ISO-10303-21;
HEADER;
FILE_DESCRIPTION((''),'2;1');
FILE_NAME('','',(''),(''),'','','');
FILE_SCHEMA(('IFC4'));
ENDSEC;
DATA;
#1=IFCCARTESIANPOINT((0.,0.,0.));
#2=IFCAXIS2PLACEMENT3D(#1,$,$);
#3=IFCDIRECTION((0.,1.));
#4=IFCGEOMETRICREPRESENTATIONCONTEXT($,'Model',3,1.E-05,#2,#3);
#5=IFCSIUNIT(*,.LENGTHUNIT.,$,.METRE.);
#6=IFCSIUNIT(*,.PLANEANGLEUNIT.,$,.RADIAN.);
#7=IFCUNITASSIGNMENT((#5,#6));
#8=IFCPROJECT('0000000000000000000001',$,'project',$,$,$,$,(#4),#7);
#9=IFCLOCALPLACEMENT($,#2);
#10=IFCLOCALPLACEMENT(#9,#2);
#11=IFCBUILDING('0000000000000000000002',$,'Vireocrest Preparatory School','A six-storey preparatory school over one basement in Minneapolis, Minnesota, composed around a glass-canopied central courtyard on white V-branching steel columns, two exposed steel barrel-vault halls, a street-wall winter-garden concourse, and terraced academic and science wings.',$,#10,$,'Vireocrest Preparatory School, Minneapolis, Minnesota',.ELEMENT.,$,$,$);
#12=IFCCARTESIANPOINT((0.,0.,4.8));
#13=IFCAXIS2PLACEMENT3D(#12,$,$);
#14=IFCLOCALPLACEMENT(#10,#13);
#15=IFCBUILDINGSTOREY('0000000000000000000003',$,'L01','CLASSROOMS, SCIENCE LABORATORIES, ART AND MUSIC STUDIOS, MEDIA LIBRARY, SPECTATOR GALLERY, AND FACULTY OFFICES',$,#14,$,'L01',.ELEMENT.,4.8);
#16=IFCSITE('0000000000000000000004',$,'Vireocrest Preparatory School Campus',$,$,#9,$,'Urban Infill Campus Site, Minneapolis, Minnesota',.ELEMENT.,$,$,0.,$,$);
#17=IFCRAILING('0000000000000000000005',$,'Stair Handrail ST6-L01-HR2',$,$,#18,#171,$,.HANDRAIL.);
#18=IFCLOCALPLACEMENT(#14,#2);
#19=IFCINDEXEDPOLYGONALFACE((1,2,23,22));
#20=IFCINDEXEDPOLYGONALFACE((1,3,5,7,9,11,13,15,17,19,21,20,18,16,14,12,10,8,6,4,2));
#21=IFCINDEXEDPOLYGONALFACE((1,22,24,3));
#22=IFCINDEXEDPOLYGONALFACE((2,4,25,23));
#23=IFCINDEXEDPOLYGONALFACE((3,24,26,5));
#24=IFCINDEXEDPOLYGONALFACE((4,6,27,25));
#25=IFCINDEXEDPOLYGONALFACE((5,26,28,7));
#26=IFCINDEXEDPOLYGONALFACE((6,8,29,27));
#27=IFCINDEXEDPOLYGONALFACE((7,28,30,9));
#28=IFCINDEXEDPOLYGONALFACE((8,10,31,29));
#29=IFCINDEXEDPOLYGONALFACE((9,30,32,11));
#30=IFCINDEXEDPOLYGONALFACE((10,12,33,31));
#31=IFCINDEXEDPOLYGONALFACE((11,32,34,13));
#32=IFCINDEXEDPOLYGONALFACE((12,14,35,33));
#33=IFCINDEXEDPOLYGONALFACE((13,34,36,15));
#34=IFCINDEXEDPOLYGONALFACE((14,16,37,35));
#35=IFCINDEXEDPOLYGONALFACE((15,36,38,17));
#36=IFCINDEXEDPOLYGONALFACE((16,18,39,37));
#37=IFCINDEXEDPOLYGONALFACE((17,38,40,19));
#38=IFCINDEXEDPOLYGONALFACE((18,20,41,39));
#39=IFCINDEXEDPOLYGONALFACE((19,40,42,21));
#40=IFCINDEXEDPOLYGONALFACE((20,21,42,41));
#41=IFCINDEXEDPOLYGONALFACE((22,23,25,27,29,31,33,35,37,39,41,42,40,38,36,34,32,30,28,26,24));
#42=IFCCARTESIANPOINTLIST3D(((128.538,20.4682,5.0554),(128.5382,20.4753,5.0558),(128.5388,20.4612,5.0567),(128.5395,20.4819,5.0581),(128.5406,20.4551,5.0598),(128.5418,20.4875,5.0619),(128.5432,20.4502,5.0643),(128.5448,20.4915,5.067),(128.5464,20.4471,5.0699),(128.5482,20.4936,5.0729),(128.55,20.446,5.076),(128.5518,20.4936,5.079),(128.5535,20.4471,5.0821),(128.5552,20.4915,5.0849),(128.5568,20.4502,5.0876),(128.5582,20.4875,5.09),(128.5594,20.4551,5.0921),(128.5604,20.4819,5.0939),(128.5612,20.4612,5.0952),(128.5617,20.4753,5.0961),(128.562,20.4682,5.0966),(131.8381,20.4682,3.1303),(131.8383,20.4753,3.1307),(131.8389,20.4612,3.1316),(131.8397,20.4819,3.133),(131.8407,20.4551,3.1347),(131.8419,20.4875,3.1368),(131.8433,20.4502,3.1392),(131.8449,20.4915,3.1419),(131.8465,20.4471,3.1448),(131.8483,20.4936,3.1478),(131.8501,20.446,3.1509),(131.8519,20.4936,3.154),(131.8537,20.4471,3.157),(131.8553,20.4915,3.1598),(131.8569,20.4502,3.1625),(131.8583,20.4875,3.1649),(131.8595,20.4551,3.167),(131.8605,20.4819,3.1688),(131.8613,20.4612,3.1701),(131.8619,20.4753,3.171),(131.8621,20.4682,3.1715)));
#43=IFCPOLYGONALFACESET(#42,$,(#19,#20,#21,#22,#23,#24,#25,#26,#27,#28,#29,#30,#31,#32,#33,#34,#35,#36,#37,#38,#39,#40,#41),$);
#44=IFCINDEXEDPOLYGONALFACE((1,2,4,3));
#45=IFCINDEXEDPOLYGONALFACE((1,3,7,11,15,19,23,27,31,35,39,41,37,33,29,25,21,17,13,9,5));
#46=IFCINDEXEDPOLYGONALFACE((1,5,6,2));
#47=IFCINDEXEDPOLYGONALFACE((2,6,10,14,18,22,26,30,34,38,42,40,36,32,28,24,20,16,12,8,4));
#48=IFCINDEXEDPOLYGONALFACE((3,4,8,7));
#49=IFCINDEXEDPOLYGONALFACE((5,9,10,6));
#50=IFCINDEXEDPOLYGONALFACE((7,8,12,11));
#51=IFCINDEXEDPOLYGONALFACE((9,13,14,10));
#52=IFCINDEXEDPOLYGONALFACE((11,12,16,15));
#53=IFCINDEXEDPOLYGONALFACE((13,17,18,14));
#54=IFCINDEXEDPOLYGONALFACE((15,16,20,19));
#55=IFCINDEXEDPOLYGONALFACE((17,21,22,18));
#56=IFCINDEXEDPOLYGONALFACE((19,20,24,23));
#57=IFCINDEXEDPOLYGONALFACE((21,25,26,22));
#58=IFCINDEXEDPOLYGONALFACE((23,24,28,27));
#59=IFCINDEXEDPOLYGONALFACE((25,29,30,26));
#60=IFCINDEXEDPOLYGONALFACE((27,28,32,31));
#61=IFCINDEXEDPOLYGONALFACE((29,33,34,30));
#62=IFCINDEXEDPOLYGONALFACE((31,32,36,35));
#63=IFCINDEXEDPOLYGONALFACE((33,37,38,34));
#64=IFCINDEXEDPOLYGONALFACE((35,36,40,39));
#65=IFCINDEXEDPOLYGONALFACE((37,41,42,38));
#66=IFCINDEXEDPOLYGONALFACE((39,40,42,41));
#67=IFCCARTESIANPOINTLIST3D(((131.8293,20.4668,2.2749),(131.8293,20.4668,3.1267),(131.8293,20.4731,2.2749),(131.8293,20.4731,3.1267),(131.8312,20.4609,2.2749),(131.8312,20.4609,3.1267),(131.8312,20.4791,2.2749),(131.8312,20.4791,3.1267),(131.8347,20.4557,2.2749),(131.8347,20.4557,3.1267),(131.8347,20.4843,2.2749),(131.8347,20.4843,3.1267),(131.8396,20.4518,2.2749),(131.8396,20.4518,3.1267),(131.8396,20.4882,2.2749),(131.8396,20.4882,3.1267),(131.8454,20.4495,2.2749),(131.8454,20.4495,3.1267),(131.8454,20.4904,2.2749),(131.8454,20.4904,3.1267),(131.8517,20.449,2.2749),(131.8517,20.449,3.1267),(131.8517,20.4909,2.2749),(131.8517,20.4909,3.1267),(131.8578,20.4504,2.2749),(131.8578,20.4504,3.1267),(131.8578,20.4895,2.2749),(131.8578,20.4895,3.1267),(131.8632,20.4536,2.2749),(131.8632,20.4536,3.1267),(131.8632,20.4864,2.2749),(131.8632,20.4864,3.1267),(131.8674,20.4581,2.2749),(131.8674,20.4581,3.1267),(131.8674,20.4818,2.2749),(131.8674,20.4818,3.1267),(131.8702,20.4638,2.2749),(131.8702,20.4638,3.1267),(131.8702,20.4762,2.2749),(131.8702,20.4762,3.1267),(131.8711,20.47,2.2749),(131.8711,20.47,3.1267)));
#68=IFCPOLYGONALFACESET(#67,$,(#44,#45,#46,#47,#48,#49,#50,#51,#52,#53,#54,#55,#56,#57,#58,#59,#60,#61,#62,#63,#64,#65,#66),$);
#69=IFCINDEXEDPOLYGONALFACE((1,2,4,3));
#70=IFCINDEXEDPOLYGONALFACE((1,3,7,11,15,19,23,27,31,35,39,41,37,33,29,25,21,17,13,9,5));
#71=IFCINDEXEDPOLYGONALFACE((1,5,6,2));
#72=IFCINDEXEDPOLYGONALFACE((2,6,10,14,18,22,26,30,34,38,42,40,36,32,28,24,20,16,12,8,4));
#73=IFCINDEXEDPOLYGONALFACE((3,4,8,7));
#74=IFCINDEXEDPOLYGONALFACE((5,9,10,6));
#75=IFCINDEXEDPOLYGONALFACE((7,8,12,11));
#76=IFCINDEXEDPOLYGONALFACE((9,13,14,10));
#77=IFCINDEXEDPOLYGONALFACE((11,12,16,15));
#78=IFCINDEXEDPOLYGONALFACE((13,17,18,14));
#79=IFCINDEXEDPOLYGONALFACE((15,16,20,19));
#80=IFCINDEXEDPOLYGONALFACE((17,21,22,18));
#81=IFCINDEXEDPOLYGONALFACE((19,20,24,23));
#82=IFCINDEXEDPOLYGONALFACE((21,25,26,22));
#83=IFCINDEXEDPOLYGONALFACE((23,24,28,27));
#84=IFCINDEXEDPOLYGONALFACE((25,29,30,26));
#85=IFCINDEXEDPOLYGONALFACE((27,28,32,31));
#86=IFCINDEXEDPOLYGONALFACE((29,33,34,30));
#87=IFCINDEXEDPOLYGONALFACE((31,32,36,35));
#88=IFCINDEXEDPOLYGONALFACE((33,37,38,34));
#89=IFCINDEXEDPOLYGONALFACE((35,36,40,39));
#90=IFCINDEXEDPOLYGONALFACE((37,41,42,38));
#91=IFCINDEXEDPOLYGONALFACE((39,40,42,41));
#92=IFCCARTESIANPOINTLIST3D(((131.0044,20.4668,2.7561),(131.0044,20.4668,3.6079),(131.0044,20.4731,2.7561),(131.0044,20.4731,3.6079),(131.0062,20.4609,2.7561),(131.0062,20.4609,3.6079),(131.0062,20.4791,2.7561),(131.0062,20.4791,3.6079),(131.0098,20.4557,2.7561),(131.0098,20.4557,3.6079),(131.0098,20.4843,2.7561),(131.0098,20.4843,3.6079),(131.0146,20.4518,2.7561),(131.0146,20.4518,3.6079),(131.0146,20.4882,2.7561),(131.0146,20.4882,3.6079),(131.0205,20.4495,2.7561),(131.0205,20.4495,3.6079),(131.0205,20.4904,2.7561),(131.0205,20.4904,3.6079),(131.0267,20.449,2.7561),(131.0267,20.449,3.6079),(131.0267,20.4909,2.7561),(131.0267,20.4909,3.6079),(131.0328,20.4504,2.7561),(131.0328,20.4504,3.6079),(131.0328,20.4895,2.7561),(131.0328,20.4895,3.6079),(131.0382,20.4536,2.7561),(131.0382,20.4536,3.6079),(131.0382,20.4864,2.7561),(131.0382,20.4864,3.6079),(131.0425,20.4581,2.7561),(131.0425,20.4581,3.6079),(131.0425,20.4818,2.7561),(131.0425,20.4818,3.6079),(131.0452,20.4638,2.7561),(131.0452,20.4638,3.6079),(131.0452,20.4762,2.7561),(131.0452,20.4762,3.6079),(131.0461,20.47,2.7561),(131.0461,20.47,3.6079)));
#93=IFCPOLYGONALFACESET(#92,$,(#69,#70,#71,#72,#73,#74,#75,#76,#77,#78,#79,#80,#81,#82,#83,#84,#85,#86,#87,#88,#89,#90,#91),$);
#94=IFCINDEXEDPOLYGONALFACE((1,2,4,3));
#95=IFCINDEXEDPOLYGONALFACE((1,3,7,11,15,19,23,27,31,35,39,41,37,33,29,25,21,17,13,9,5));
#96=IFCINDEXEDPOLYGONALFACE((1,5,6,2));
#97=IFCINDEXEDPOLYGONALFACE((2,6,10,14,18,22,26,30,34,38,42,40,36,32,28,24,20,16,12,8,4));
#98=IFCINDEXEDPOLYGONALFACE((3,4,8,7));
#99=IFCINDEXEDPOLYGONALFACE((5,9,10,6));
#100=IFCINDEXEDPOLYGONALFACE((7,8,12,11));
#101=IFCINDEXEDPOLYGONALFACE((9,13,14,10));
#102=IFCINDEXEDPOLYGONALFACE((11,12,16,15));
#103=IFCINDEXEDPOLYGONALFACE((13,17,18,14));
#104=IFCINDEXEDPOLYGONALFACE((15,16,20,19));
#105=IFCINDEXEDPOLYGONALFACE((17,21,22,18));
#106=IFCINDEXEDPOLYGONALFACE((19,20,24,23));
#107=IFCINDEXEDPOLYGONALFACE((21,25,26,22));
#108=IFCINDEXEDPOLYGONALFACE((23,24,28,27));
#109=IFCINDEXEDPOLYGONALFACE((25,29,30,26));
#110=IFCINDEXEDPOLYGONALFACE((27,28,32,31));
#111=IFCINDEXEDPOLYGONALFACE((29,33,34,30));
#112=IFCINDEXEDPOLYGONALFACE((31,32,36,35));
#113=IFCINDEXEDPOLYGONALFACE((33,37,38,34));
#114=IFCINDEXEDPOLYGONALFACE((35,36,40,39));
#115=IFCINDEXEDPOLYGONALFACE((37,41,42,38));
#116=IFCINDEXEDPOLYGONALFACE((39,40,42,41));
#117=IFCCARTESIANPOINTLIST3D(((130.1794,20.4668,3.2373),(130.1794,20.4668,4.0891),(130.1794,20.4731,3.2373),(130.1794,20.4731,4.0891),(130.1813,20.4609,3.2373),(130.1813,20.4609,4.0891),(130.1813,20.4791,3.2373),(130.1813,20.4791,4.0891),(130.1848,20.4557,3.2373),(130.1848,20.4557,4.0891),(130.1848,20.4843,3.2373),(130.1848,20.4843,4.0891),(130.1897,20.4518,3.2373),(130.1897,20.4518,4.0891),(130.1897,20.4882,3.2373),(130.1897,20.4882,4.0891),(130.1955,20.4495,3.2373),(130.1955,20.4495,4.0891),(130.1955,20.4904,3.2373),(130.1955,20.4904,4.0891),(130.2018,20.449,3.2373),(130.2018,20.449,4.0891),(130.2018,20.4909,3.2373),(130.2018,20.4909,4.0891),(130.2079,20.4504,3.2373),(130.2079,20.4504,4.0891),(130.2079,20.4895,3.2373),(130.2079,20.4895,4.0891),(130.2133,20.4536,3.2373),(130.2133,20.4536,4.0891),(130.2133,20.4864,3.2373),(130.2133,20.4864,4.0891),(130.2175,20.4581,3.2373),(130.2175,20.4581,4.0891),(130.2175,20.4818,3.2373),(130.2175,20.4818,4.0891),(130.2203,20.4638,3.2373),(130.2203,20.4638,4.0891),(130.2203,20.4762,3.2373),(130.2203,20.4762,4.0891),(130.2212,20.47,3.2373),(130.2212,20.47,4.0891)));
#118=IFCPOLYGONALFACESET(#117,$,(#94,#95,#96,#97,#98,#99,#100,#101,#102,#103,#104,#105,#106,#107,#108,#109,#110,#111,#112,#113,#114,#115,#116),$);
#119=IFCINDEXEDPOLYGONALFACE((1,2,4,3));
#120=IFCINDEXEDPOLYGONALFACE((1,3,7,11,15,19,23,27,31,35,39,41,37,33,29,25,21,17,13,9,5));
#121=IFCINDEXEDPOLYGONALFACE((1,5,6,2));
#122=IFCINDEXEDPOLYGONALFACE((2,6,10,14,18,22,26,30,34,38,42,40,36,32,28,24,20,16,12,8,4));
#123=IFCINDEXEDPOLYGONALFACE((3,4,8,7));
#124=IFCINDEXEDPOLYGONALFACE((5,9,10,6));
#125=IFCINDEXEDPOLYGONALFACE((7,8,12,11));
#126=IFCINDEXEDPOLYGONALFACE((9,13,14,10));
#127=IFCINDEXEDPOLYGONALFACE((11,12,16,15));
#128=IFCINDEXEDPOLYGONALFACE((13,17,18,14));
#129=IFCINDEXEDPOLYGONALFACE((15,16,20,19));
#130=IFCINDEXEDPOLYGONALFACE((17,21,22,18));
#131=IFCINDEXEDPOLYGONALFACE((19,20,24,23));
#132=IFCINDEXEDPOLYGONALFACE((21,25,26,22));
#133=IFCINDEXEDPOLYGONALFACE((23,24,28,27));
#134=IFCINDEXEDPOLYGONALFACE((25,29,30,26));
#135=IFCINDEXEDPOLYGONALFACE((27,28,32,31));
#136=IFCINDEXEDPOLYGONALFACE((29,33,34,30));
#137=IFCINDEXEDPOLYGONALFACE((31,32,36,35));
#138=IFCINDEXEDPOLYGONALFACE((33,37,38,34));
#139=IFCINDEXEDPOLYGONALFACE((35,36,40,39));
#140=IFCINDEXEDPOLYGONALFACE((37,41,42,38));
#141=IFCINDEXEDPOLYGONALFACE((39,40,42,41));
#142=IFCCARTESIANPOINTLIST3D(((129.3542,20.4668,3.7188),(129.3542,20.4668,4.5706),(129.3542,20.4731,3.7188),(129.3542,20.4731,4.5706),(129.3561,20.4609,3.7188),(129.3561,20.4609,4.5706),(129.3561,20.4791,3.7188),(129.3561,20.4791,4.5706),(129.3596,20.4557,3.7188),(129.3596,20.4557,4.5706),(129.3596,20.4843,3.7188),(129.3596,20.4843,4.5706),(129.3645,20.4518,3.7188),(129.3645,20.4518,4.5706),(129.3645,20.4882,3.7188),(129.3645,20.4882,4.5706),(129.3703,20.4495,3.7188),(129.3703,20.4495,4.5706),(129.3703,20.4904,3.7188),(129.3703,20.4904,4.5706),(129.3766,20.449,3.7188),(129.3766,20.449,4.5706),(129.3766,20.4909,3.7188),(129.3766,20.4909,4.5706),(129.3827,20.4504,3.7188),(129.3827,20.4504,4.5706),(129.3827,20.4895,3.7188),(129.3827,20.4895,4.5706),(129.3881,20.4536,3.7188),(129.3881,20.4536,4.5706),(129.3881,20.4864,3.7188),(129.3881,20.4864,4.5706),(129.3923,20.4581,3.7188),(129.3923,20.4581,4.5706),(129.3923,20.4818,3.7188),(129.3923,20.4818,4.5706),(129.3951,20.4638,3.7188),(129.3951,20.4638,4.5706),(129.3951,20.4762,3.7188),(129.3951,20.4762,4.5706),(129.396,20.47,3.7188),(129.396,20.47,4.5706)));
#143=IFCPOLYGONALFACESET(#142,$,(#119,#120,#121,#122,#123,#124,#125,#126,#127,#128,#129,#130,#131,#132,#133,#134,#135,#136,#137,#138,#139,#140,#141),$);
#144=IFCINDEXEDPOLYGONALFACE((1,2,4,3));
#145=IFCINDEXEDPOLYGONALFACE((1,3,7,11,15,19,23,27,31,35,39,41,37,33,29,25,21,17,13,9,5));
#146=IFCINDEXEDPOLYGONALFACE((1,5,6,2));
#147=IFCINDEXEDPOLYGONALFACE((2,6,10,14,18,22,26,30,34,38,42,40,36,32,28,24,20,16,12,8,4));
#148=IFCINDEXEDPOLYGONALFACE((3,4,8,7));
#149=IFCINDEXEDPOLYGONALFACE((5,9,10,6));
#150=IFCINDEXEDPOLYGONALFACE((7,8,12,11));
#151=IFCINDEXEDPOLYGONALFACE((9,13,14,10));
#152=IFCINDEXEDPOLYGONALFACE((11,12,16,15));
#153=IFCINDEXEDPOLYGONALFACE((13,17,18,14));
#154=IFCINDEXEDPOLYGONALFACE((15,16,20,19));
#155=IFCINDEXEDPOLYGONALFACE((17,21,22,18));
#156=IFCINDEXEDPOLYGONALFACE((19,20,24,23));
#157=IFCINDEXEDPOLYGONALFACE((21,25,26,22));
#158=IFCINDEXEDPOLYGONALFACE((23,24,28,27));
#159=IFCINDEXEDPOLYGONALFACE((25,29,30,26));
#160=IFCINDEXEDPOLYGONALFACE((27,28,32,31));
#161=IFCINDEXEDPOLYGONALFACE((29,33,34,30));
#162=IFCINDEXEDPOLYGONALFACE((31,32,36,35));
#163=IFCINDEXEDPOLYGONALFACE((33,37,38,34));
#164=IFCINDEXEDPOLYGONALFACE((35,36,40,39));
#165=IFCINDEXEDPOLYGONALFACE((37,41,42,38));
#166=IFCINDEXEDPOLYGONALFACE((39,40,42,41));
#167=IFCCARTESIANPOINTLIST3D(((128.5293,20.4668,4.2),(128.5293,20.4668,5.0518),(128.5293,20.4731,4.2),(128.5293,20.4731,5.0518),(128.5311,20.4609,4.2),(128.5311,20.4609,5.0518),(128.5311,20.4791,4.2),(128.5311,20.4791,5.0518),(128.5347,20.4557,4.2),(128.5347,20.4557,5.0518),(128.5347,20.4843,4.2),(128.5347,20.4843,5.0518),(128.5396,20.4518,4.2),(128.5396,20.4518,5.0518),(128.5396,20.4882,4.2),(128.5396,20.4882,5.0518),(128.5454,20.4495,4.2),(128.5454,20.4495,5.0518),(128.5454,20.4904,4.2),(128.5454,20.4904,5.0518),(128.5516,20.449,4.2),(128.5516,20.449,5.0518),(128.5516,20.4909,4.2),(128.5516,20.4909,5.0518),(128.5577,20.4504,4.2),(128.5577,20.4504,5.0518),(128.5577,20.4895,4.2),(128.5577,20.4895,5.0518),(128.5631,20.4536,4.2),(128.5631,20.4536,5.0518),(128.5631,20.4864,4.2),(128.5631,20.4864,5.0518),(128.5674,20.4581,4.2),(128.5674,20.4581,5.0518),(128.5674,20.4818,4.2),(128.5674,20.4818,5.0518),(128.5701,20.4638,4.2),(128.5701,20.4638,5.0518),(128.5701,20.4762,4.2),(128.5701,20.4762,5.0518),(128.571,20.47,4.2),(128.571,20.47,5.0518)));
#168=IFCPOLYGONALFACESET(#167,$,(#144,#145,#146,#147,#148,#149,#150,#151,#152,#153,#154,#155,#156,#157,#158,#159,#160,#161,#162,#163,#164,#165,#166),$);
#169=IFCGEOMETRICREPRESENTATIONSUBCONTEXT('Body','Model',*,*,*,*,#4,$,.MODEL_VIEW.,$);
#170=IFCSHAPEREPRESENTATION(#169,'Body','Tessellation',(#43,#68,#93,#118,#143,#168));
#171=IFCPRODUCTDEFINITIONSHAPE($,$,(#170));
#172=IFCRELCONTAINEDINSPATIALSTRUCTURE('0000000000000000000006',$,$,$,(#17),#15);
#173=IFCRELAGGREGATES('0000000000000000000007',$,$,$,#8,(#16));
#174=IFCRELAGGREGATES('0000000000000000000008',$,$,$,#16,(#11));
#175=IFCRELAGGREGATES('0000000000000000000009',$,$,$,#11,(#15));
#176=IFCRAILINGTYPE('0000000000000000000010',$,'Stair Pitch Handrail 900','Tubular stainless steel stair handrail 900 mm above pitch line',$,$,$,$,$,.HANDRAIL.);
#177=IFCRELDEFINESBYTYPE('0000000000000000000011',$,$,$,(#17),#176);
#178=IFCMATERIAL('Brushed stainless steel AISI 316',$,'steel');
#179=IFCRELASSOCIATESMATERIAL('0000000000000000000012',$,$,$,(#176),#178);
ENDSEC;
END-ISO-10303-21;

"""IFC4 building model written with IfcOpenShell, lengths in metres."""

from ifc_helpers import new_model, si_unit, direction, frame, origin, origin_2d, place, context, subcontext, project, spatial, circle, extrude, material, type_object, element, save


model = new_model("IFC4")

# Units and contexts
model_context = context("Model", 3, precision=1e-05, world=origin(), true_north=direction((0.0, 1.0)))
body_context = subcontext(model_context, "Body", "Model", "MODEL_VIEW")
ifc_project = project(units=[si_unit("LENGTHUNIT", "METRE"), si_unit("PLANEANGLEUNIT", "RADIAN")], contexts=[model_context])

# Site, building, storey
site_placement = place(None, origin())
site = spatial("IfcSite", under=ifc_project, at=site_placement, Name="Vireocrest Preparatory School Campus", LongName="Urban Infill Campus Site, Minneapolis, Minnesota", CompositionType="ELEMENT", RefElevation=0.0)
building_placement = place(site_placement, origin())
building = spatial("IfcBuilding", under=site, at=building_placement, Name="Vireocrest Preparatory School", Description="A six-storey preparatory school over one basement in Minneapolis, Minnesota, composed around a glass-canopied central courtyard on white V-branching steel columns, two exposed steel barrel-vault halls, a street-wall winter-garden concourse, and terraced academic and science wings.", LongName="Vireocrest Preparatory School, Minneapolis, Minnesota", CompositionType="ELEMENT")
storey_placement = place(building_placement, frame((0.0, 0.0, 4.8)))
storey = spatial("IfcBuildingStorey", under=building, at=storey_placement, Name="L01", Description="CLASSROOMS, SCIENCE LABORATORIES, ART AND MUSIC STUDIOS, MEDIA LIBRARY, SPECTATOR GALLERY, AND FACULTY OFFICES", LongName="L01", CompositionType="ELEMENT", Elevation=4.8)

# Railing
ifc_material_1 = material(Name="Brushed stainless steel AISI 316", Category="steel")
railing_type_1 = type_object("IfcRailingType", Name="Stair Pitch Handrail 900", Description="Tubular stainless steel stair handrail 900 mm above pitch line", PredefinedType="HANDRAIL", material=ifc_material_1)
railing_1_placement = place(storey_placement, frame((131.8501, 20.47, 2.2749)))
element("IfcRailing", 1, at=railing_1_placement, inside=storey, type_object=railing_type_1, Name="Stair Handrail ST6-L01-HR2", PredefinedType="HANDRAIL", context=body_context, shape_type="SweptSolid", body=[
    extrude(circle(Radius=0.0239, at=origin_2d()), frame((0.0, 0.0, 0.876), z_axis=(-0.863777, 0.0, 0.503875), x_axis=(0.0, -1.0, 0.0)), (0.0, 0.0, 1.0), 3.8206),
    extrude(circle(Radius=0.021, at=origin_2d()), origin(), (0.0, 0.0, 1.0), 0.8518),
    extrude(circle(Radius=0.021, at=origin_2d()), frame((-0.825, 0.0, 0.4812)), (0.0, 0.0, 1.0), 0.8518),
    extrude(circle(Radius=0.021, at=origin_2d()), frame((-1.6499, 0.0, 0.9624)), (0.0, 0.0, 1.0), 0.8518),
    extrude(circle(Radius=0.021, at=origin_2d()), frame((-2.4751, 0.0, 1.4438)), (0.0, 0.0, 1.0), 0.8518),
    extrude(circle(Radius=0.021, at=origin_2d()), frame((-3.3, 0.0, 1.925)), (0.0, 0.0, 1.0), 0.8518),
])

save(model, "model.ifc")
